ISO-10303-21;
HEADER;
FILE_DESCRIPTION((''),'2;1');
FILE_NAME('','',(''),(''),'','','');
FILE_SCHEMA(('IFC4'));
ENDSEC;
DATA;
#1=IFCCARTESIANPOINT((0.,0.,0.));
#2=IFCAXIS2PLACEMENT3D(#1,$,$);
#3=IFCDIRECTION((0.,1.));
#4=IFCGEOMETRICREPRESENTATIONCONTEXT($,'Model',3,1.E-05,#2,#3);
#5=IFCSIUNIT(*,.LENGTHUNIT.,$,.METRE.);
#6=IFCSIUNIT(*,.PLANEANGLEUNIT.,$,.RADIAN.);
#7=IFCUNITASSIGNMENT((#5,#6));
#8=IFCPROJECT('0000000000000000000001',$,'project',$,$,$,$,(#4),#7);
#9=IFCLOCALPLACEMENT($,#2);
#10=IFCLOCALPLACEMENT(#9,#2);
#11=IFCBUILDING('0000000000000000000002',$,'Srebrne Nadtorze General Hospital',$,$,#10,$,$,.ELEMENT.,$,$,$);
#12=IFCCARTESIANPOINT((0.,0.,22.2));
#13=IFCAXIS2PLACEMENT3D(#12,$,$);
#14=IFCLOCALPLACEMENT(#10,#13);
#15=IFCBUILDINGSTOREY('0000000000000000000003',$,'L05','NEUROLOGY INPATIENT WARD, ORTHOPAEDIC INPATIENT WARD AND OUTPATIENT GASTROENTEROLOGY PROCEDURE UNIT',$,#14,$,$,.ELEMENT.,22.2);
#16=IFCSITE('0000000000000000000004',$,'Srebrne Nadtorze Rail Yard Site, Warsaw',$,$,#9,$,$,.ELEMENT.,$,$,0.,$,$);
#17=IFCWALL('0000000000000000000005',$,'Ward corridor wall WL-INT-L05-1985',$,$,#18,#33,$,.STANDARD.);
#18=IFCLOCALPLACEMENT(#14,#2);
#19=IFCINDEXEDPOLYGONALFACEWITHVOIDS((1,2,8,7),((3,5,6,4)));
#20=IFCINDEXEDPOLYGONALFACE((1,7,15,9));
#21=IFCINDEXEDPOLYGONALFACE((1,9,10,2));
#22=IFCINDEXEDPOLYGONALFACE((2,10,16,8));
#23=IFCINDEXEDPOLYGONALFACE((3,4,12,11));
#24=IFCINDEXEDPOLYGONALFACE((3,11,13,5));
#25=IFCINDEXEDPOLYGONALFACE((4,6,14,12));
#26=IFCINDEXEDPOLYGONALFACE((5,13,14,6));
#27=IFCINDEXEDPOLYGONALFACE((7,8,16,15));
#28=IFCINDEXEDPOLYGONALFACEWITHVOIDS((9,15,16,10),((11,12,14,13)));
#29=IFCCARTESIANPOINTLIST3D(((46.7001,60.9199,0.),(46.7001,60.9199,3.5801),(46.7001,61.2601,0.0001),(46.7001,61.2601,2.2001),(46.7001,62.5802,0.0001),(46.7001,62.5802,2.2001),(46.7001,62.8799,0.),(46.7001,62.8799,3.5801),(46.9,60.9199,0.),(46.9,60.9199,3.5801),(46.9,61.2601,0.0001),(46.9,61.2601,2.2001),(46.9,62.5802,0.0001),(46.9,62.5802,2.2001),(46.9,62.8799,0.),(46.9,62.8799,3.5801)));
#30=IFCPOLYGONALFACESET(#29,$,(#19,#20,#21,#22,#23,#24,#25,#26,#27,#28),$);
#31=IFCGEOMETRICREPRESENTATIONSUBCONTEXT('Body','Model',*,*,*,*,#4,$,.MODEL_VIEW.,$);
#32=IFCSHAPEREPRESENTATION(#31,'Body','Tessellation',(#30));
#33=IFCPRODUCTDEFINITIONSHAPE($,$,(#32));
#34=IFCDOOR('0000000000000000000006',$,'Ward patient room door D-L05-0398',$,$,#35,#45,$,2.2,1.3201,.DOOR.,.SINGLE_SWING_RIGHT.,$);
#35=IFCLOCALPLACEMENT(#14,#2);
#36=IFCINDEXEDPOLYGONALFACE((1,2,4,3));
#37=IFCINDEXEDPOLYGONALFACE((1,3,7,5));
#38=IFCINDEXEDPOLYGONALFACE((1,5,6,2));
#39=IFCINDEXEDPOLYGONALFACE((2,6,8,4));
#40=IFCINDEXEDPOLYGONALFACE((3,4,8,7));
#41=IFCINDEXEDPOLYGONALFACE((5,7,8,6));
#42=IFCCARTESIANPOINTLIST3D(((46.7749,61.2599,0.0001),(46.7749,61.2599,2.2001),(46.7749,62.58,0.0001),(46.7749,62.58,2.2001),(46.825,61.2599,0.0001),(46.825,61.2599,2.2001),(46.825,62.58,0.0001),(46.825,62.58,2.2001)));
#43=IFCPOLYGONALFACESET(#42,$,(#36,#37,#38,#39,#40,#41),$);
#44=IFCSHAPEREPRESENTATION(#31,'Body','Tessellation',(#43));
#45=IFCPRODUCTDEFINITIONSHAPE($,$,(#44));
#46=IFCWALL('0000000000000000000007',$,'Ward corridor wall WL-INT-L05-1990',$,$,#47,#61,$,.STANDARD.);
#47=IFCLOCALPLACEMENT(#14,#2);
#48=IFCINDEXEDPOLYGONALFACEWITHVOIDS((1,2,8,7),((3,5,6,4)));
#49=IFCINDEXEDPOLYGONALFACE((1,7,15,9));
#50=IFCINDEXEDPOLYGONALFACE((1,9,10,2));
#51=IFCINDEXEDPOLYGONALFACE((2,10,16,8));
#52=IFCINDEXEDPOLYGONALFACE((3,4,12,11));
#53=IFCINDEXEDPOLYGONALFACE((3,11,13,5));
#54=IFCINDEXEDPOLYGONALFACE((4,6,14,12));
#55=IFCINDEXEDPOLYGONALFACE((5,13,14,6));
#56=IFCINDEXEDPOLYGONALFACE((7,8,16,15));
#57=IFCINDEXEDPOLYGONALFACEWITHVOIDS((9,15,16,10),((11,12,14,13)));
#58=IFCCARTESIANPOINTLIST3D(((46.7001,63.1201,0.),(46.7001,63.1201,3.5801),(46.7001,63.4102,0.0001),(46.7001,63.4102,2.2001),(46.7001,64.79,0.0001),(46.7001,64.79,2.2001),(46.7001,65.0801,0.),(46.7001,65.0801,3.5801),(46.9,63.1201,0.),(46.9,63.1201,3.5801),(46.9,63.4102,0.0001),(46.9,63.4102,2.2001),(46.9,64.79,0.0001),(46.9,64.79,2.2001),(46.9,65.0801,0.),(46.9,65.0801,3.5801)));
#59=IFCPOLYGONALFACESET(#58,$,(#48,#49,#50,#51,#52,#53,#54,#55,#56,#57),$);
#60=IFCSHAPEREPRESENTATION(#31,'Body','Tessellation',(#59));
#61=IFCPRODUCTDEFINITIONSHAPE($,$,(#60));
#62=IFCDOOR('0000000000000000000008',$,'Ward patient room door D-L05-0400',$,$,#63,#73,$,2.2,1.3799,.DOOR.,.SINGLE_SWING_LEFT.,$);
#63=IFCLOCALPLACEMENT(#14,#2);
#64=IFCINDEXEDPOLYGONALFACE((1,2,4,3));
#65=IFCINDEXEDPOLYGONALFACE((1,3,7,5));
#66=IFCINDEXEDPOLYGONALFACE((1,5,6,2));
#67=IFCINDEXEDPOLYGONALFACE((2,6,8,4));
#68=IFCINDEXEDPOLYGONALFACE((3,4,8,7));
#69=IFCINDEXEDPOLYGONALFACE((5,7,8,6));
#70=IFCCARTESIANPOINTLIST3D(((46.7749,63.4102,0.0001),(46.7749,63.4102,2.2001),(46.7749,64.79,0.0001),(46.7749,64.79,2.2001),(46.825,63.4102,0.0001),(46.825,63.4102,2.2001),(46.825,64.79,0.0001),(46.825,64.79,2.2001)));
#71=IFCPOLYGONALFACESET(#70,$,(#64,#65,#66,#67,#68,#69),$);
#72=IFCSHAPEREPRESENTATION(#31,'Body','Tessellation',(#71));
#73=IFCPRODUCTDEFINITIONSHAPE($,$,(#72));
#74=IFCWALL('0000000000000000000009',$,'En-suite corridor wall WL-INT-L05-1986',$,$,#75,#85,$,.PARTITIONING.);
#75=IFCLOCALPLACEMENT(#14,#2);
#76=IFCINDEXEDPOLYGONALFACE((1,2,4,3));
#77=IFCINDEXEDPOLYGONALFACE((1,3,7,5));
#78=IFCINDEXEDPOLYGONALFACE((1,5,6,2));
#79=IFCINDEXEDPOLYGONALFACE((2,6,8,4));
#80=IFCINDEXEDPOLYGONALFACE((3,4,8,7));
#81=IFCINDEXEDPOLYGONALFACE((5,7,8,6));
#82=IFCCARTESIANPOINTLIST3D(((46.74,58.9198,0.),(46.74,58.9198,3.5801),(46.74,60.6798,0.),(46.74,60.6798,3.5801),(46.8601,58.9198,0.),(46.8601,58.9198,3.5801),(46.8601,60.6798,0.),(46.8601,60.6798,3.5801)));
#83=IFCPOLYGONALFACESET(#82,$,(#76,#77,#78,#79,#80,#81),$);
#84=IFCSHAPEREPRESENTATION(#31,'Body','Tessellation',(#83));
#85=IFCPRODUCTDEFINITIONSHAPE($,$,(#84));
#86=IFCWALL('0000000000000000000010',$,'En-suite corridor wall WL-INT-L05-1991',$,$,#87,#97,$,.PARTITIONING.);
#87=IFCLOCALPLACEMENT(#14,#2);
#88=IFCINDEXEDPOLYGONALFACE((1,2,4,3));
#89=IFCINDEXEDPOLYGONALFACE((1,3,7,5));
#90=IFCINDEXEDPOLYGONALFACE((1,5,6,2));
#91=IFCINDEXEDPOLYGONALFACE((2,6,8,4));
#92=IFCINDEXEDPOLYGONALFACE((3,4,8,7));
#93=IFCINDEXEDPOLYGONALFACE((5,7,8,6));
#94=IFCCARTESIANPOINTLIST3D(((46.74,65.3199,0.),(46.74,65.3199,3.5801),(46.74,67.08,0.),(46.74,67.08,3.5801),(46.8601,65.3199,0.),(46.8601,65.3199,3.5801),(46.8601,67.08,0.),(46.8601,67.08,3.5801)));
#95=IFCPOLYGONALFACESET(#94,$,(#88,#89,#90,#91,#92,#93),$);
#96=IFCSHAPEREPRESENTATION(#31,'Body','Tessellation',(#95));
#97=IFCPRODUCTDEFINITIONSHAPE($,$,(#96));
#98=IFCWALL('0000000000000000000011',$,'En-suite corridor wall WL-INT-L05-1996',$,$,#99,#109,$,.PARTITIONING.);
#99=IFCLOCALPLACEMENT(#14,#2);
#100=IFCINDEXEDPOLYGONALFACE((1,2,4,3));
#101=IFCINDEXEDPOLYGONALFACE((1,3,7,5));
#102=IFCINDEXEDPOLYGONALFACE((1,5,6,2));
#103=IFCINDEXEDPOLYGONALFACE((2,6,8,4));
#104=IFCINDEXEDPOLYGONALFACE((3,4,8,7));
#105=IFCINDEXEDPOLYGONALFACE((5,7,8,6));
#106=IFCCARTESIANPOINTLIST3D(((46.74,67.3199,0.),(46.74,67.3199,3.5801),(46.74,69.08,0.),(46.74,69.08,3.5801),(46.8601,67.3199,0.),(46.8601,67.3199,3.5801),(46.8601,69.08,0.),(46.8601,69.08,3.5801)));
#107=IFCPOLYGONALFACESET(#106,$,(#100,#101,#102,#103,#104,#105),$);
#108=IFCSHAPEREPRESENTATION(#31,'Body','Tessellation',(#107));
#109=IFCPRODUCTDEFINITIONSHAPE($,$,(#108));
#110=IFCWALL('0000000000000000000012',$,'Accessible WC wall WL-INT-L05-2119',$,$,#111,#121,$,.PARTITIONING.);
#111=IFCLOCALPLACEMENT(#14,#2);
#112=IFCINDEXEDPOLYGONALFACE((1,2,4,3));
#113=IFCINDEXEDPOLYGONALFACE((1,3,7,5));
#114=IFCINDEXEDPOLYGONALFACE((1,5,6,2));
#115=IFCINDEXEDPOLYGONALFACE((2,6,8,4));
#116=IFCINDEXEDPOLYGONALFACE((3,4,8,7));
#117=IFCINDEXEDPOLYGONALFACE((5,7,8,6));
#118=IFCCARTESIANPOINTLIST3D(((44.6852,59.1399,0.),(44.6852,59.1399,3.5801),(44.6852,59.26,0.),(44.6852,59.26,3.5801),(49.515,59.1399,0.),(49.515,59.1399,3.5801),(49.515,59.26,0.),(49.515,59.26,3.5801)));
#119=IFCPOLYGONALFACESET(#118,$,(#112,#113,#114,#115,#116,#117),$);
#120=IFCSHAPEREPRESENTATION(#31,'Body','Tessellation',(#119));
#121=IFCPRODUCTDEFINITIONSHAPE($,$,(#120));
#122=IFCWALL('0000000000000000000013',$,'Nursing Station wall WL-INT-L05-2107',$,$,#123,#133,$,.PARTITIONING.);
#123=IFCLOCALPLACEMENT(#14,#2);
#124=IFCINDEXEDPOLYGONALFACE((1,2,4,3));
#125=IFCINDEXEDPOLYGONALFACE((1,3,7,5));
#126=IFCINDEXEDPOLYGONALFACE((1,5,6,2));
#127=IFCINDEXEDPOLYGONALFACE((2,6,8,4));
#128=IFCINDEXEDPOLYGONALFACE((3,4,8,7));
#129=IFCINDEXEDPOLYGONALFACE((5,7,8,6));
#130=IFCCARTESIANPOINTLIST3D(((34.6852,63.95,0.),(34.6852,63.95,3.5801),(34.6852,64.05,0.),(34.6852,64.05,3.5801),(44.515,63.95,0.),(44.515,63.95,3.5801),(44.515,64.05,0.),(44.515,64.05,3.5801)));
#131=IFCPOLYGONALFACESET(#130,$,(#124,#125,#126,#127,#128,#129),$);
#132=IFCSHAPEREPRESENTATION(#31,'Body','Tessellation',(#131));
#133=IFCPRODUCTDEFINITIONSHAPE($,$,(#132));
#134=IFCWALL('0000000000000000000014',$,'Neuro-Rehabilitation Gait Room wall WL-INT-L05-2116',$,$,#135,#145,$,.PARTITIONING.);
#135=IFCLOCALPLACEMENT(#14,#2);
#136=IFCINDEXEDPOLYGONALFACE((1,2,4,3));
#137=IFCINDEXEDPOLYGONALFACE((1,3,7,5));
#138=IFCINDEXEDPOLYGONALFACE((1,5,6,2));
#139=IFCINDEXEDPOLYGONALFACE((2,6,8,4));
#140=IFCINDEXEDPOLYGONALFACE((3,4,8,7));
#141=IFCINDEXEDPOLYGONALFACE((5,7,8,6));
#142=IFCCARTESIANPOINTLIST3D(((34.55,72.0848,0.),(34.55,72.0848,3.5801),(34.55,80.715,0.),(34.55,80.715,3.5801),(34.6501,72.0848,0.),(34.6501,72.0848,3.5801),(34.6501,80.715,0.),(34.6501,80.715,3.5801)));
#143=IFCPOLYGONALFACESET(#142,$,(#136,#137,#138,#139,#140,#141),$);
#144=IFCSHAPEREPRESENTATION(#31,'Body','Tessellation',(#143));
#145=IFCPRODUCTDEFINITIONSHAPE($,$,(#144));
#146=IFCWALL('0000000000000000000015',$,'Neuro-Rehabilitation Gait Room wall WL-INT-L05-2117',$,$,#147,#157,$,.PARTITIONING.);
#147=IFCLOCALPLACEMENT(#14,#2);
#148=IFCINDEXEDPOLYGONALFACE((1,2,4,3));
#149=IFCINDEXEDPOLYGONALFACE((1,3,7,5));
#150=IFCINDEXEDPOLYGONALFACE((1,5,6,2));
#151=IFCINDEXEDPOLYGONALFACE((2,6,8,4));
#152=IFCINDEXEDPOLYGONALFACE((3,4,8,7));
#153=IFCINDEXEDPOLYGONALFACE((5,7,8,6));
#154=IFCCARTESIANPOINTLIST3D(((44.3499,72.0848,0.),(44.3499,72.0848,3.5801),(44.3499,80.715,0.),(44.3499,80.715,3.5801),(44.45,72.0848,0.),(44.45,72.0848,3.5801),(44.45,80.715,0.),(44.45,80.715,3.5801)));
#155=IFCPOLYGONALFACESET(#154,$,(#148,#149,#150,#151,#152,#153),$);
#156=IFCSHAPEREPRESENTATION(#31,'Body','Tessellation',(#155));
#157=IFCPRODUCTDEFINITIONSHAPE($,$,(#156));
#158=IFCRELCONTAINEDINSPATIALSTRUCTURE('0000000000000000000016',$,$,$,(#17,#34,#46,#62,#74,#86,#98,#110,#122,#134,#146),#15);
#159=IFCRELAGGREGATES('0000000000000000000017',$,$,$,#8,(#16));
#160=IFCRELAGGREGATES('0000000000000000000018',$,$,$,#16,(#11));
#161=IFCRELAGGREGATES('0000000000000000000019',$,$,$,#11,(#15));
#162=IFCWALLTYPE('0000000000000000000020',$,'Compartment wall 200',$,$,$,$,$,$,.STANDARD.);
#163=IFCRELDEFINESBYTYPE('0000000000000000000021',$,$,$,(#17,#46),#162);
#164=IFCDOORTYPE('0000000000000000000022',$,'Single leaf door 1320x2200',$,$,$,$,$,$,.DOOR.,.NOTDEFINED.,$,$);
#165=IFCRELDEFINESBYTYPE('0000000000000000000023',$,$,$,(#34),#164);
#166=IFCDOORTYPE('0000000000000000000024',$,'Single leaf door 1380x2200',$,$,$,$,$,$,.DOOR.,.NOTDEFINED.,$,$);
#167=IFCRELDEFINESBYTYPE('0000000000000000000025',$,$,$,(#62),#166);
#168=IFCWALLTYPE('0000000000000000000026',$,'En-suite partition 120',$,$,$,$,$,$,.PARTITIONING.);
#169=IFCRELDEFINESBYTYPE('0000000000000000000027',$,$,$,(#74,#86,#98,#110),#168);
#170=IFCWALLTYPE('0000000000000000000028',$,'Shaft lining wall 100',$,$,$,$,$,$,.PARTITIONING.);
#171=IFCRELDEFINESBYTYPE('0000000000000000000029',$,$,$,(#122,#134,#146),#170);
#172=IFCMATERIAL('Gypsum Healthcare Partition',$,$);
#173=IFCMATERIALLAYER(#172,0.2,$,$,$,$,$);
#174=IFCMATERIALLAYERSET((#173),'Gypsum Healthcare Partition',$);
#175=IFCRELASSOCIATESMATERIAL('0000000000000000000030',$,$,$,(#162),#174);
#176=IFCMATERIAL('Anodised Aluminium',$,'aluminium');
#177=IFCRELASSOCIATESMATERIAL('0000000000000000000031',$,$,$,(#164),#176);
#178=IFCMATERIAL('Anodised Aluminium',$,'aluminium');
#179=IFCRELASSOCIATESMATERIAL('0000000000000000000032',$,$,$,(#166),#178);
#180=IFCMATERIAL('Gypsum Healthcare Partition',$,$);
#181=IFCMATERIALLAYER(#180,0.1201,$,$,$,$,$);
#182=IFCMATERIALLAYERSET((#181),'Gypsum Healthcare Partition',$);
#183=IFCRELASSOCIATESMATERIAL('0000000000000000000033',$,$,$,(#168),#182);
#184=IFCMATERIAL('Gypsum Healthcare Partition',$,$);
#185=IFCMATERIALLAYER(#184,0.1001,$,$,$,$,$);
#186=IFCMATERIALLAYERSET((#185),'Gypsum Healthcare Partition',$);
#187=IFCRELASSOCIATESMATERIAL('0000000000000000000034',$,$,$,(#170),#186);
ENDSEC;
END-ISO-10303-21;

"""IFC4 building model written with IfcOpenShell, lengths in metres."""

from ifc_helpers import new_model, si_unit, direction, frame, frame_2d, origin, place, context, subcontext, project, spatial, rectangle, extrude, material, layer, layer_set, type_object, element, fill, save


model = new_model("IFC4")

# Units and contexts
model_context = context("Model", 3, precision=1e-05, world=origin(), true_north=direction((0.0, 1.0)))
body_context = subcontext(model_context, "Body", "Model", "MODEL_VIEW")
ifc_project = project(units=[si_unit("LENGTHUNIT", "METRE"), si_unit("PLANEANGLEUNIT", "RADIAN")], contexts=[model_context])

# Site, building, storey
site_placement = place(None, origin())
site = spatial("IfcSite", under=ifc_project, at=site_placement, Name="Srebrne Nadtorze Rail Yard Site, Warsaw", CompositionType="ELEMENT", RefElevation=0.0)
building_placement = place(site_placement, origin())
building = spatial("IfcBuilding", under=site, at=building_placement, Name="Srebrne Nadtorze General Hospital", CompositionType="ELEMENT")
storey_placement = place(building_placement, frame((0.0, 0.0, 22.2)))
storey = spatial("IfcBuildingStorey", under=building, at=storey_placement, Name="L05", Description="NEUROLOGY INPATIENT WARD, ORTHOPAEDIC INPATIENT WARD AND OUTPATIENT GASTROENTEROLOGY PROCEDURE UNIT", CompositionType="ELEMENT", Elevation=22.2)

# Walls, openings, doors
ifc_material_1 = material(Name="Gypsum Healthcare Partition")
ifc_layer_1 = layer(ifc_material_1, 0.2)
ifc_layer_set_1 = layer_set([ifc_layer_1], Name="Gypsum Healthcare Partition")
wall_type_1 = type_object("IfcWallType", Name="Compartment wall 200", PredefinedType="STANDARD", material=ifc_layer_set_1)
wall_1_placement = place(storey_placement, frame((46.8, 60.9199, 0.0), z_axis=(0.0, 0.0, 1.0), x_axis=(0.0, 1.0, 0.0)))
wall_1 = element("IfcWall", 1, at=wall_1_placement, inside=storey, type_object=wall_type_1, Name="Ward corridor wall WL-INT-L05-1985", PredefinedType="STANDARD", context=body_context, shape_type="SweptSolid", body=[
    extrude(rectangle(XDim=1.96, YDim=0.2, at=frame_2d((0.98, 0.0))), origin(), (0.0, 0.0, 1.0), 3.5801),
])
opening_1_placement = place(wall_1_placement, frame((0.3401, 0.0, 0.0)))
opening_1 = element("IfcOpeningElement", 2, at=opening_1_placement, cuts=wall_1, PredefinedType="OPENING", context=body_context, shape_type="SweptSolid", body=[
    extrude(rectangle(XDim=1.3201, YDim=2.2, at=frame_2d((0.6602, 1.1001))), frame((0.0, 0.1118, 0.0), z_axis=(0.0, -1.0, 0.0), x_axis=(1.0, 0.0, 0.0)), (0.0, 0.0, 1.0), 0.2239),
])
ifc_material_2 = material(Name="Anodised Aluminium", Category="aluminium")
door_type_1 = type_object("IfcDoorType", Name="Single leaf door 1320x2200", OperationType="NOTDEFINED", PredefinedType="DOOR", material=ifc_material_2)
door_1_placement = place(opening_1_placement, frame((1.3201, 0.0, 0.0), z_axis=(0.0, 0.0, 1.0), x_axis=(-1.0, 0.0, 0.0)))
door_1 = element("IfcDoor", 3, at=door_1_placement, inside=storey, type_object=door_type_1, Name="Ward patient room door D-L05-0398", OperationType="SINGLE_SWING_RIGHT", OverallHeight=2.2, OverallWidth=1.3201, PredefinedType="DOOR", context=body_context, shape_type="SweptSolid", body=[
    extrude(rectangle(XDim=1.3201, YDim=2.2, at=frame_2d((0.6602, 1.1001))), frame((0.0, 0.0249, 0.0), z_axis=(0.0, -1.0, 0.0), x_axis=(1.0, 0.0, 0.0)), (0.0, 0.0, 1.0), 0.05),
])
fill(opening_1, door_1)
wall_2_placement = place(storey_placement, frame((46.8, 63.1201, 0.0), z_axis=(0.0, 0.0, 1.0), x_axis=(0.0, 1.0, 0.0)))
wall_2 = element("IfcWall", 4, at=wall_2_placement, inside=storey, type_object=wall_type_1, Name="Ward corridor wall WL-INT-L05-1990", PredefinedType="STANDARD", context=body_context, shape_type="SweptSolid", body=[
    extrude(rectangle(XDim=1.96, YDim=0.2, at=frame_2d((0.98, 0.0))), origin(), (0.0, 0.0, 1.0), 3.5801),
])
opening_2_placement = place(wall_2_placement, frame((0.29, 0.0, 0.0)))
opening_2 = element("IfcOpeningElement", 5, at=opening_2_placement, cuts=wall_2, PredefinedType="OPENING", context=body_context, shape_type="SweptSolid", body=[
    extrude(rectangle(XDim=1.3799, YDim=2.2, at=frame_2d((0.6899, 1.1001))), frame((0.0, 0.1118, 0.0), z_axis=(0.0, -1.0, 0.0), x_axis=(1.0, 0.0, 0.0)), (0.0, 0.0, 1.0), 0.2239),
])
ifc_material_3 = material(Name="Anodised Aluminium", Category="aluminium")
door_type_2 = type_object("IfcDoorType", Name="Single leaf door 1380x2200", OperationType="NOTDEFINED", PredefinedType="DOOR", material=ifc_material_3)
door_2_placement = place(opening_2_placement, frame((1.3799, 0.0, 0.0), z_axis=(0.0, 0.0, 1.0), x_axis=(-1.0, 0.0, 0.0)))
door_2 = element("IfcDoor", 6, at=door_2_placement, inside=storey, type_object=door_type_2, Name="Ward patient room door D-L05-0400", OperationType="SINGLE_SWING_LEFT", OverallHeight=2.2, OverallWidth=1.3799, PredefinedType="DOOR", context=body_context, shape_type="SweptSolid", body=[
    extrude(rectangle(XDim=1.3799, YDim=2.2, at=frame_2d((0.6899, 1.1001))), frame((0.0, 0.0249, 0.0), z_axis=(0.0, -1.0, 0.0), x_axis=(1.0, 0.0, 0.0)), (0.0, 0.0, 1.0), 0.05),
])
fill(opening_2, door_2)

# Walls
ifc_material_4 = material(Name="Gypsum Healthcare Partition")
ifc_layer_2 = layer(ifc_material_4, 0.1201)
ifc_layer_set_2 = layer_set([ifc_layer_2], Name="Gypsum Healthcare Partition")
wall_type_2 = type_object("IfcWallType", Name="En-suite partition 120", PredefinedType="PARTITIONING", material=ifc_layer_set_2)
for number, where, z_axis, x_axis, name in (
    (7, (46.8, 58.9199, 0.0), (0.0, 0.0, 1.0), (0.0, 1.0, 0.0), "En-suite corridor wall WL-INT-L05-1986"),
    (8, (46.8, 65.3201, 0.0), (0.0, 0.0, 1.0), (0.0, 1.0, 0.0), "En-suite corridor wall WL-INT-L05-1991"),
    (9, (46.8, 67.3201, 0.0), (0.0, 0.0, 1.0), (0.0, 1.0, 0.0), "En-suite corridor wall WL-INT-L05-1996"),
):
    element("IfcWall", number, at=place(storey_placement, frame(where, z_axis=z_axis, x_axis=x_axis)), inside=storey, type_object=wall_type_2, Name=name, PredefinedType="PARTITIONING", context=body_context, shape_type="SweptSolid", body=[
        extrude(rectangle(XDim=1.76, YDim=0.1201, at=frame_2d((0.8799, 0.0))), origin(), (0.0, 0.0, 1.0), 3.5801),
    ])
wall_3_placement = place(storey_placement, frame((44.6851, 59.2, 0.0), z_axis=(0.0, 0.0, 1.0), x_axis=(1.0, 0.0, 0.0)))
element("IfcWall", 10, at=wall_3_placement, inside=storey, type_object=wall_type_2, Name="Accessible WC wall WL-INT-L05-2119", PredefinedType="PARTITIONING", context=body_context, shape_type="SweptSolid", body=[
    extrude(rectangle(XDim=4.8298, YDim=0.1201, at=frame_2d((2.415, 0.0))), origin(), (0.0, 0.0, 1.0), 3.5801),
])
ifc_material_5 = material(Name="Gypsum Healthcare Partition")
ifc_layer_3 = layer(ifc_material_5, 0.1001)
ifc_layer_set_3 = layer_set([ifc_layer_3], Name="Gypsum Healthcare Partition")
wall_type_3 = type_object("IfcWallType", Name="Shaft lining wall 100", PredefinedType="PARTITIONING", material=ifc_layer_set_3)
wall_4_placement = place(storey_placement, frame((34.6851, 64.0, 0.0), z_axis=(0.0, 0.0, 1.0), x_axis=(1.0, 0.0, 0.0)))
element("IfcWall", 11, at=wall_4_placement, inside=storey, type_object=wall_type_3, Name="Nursing Station wall WL-INT-L05-2107", PredefinedType="PARTITIONING", context=body_context, shape_type="SweptSolid", body=[
    extrude(rectangle(XDim=9.8298, YDim=0.1001, at=frame_2d((4.915, 0.0))), origin(), (0.0, 0.0, 1.0), 3.5801),
])
for number, where, z_axis, x_axis, name in (
    (12, (34.6001, 72.085, 0.0), (0.0, 0.0, 1.0), (0.0, 1.0, 0.0), "Neuro-Rehabilitation Gait Room wall WL-INT-L05-2116"),
    (13, (44.3999, 72.085, 0.0), (0.0, 0.0, 1.0), (0.0, 1.0, 0.0), "Neuro-Rehabilitation Gait Room wall WL-INT-L05-2117"),
):
    element("IfcWall", number, at=place(storey_placement, frame(where, z_axis=z_axis, x_axis=x_axis)), inside=storey, type_object=wall_type_3, Name=name, PredefinedType="PARTITIONING", context=body_context, shape_type="SweptSolid", body=[
        extrude(rectangle(XDim=8.6301, YDim=0.1001, at=frame_2d((4.3149, 0.0))), origin(), (0.0, 0.0, 1.0), 3.5801),
    ])

save(model, "model.ifc")
